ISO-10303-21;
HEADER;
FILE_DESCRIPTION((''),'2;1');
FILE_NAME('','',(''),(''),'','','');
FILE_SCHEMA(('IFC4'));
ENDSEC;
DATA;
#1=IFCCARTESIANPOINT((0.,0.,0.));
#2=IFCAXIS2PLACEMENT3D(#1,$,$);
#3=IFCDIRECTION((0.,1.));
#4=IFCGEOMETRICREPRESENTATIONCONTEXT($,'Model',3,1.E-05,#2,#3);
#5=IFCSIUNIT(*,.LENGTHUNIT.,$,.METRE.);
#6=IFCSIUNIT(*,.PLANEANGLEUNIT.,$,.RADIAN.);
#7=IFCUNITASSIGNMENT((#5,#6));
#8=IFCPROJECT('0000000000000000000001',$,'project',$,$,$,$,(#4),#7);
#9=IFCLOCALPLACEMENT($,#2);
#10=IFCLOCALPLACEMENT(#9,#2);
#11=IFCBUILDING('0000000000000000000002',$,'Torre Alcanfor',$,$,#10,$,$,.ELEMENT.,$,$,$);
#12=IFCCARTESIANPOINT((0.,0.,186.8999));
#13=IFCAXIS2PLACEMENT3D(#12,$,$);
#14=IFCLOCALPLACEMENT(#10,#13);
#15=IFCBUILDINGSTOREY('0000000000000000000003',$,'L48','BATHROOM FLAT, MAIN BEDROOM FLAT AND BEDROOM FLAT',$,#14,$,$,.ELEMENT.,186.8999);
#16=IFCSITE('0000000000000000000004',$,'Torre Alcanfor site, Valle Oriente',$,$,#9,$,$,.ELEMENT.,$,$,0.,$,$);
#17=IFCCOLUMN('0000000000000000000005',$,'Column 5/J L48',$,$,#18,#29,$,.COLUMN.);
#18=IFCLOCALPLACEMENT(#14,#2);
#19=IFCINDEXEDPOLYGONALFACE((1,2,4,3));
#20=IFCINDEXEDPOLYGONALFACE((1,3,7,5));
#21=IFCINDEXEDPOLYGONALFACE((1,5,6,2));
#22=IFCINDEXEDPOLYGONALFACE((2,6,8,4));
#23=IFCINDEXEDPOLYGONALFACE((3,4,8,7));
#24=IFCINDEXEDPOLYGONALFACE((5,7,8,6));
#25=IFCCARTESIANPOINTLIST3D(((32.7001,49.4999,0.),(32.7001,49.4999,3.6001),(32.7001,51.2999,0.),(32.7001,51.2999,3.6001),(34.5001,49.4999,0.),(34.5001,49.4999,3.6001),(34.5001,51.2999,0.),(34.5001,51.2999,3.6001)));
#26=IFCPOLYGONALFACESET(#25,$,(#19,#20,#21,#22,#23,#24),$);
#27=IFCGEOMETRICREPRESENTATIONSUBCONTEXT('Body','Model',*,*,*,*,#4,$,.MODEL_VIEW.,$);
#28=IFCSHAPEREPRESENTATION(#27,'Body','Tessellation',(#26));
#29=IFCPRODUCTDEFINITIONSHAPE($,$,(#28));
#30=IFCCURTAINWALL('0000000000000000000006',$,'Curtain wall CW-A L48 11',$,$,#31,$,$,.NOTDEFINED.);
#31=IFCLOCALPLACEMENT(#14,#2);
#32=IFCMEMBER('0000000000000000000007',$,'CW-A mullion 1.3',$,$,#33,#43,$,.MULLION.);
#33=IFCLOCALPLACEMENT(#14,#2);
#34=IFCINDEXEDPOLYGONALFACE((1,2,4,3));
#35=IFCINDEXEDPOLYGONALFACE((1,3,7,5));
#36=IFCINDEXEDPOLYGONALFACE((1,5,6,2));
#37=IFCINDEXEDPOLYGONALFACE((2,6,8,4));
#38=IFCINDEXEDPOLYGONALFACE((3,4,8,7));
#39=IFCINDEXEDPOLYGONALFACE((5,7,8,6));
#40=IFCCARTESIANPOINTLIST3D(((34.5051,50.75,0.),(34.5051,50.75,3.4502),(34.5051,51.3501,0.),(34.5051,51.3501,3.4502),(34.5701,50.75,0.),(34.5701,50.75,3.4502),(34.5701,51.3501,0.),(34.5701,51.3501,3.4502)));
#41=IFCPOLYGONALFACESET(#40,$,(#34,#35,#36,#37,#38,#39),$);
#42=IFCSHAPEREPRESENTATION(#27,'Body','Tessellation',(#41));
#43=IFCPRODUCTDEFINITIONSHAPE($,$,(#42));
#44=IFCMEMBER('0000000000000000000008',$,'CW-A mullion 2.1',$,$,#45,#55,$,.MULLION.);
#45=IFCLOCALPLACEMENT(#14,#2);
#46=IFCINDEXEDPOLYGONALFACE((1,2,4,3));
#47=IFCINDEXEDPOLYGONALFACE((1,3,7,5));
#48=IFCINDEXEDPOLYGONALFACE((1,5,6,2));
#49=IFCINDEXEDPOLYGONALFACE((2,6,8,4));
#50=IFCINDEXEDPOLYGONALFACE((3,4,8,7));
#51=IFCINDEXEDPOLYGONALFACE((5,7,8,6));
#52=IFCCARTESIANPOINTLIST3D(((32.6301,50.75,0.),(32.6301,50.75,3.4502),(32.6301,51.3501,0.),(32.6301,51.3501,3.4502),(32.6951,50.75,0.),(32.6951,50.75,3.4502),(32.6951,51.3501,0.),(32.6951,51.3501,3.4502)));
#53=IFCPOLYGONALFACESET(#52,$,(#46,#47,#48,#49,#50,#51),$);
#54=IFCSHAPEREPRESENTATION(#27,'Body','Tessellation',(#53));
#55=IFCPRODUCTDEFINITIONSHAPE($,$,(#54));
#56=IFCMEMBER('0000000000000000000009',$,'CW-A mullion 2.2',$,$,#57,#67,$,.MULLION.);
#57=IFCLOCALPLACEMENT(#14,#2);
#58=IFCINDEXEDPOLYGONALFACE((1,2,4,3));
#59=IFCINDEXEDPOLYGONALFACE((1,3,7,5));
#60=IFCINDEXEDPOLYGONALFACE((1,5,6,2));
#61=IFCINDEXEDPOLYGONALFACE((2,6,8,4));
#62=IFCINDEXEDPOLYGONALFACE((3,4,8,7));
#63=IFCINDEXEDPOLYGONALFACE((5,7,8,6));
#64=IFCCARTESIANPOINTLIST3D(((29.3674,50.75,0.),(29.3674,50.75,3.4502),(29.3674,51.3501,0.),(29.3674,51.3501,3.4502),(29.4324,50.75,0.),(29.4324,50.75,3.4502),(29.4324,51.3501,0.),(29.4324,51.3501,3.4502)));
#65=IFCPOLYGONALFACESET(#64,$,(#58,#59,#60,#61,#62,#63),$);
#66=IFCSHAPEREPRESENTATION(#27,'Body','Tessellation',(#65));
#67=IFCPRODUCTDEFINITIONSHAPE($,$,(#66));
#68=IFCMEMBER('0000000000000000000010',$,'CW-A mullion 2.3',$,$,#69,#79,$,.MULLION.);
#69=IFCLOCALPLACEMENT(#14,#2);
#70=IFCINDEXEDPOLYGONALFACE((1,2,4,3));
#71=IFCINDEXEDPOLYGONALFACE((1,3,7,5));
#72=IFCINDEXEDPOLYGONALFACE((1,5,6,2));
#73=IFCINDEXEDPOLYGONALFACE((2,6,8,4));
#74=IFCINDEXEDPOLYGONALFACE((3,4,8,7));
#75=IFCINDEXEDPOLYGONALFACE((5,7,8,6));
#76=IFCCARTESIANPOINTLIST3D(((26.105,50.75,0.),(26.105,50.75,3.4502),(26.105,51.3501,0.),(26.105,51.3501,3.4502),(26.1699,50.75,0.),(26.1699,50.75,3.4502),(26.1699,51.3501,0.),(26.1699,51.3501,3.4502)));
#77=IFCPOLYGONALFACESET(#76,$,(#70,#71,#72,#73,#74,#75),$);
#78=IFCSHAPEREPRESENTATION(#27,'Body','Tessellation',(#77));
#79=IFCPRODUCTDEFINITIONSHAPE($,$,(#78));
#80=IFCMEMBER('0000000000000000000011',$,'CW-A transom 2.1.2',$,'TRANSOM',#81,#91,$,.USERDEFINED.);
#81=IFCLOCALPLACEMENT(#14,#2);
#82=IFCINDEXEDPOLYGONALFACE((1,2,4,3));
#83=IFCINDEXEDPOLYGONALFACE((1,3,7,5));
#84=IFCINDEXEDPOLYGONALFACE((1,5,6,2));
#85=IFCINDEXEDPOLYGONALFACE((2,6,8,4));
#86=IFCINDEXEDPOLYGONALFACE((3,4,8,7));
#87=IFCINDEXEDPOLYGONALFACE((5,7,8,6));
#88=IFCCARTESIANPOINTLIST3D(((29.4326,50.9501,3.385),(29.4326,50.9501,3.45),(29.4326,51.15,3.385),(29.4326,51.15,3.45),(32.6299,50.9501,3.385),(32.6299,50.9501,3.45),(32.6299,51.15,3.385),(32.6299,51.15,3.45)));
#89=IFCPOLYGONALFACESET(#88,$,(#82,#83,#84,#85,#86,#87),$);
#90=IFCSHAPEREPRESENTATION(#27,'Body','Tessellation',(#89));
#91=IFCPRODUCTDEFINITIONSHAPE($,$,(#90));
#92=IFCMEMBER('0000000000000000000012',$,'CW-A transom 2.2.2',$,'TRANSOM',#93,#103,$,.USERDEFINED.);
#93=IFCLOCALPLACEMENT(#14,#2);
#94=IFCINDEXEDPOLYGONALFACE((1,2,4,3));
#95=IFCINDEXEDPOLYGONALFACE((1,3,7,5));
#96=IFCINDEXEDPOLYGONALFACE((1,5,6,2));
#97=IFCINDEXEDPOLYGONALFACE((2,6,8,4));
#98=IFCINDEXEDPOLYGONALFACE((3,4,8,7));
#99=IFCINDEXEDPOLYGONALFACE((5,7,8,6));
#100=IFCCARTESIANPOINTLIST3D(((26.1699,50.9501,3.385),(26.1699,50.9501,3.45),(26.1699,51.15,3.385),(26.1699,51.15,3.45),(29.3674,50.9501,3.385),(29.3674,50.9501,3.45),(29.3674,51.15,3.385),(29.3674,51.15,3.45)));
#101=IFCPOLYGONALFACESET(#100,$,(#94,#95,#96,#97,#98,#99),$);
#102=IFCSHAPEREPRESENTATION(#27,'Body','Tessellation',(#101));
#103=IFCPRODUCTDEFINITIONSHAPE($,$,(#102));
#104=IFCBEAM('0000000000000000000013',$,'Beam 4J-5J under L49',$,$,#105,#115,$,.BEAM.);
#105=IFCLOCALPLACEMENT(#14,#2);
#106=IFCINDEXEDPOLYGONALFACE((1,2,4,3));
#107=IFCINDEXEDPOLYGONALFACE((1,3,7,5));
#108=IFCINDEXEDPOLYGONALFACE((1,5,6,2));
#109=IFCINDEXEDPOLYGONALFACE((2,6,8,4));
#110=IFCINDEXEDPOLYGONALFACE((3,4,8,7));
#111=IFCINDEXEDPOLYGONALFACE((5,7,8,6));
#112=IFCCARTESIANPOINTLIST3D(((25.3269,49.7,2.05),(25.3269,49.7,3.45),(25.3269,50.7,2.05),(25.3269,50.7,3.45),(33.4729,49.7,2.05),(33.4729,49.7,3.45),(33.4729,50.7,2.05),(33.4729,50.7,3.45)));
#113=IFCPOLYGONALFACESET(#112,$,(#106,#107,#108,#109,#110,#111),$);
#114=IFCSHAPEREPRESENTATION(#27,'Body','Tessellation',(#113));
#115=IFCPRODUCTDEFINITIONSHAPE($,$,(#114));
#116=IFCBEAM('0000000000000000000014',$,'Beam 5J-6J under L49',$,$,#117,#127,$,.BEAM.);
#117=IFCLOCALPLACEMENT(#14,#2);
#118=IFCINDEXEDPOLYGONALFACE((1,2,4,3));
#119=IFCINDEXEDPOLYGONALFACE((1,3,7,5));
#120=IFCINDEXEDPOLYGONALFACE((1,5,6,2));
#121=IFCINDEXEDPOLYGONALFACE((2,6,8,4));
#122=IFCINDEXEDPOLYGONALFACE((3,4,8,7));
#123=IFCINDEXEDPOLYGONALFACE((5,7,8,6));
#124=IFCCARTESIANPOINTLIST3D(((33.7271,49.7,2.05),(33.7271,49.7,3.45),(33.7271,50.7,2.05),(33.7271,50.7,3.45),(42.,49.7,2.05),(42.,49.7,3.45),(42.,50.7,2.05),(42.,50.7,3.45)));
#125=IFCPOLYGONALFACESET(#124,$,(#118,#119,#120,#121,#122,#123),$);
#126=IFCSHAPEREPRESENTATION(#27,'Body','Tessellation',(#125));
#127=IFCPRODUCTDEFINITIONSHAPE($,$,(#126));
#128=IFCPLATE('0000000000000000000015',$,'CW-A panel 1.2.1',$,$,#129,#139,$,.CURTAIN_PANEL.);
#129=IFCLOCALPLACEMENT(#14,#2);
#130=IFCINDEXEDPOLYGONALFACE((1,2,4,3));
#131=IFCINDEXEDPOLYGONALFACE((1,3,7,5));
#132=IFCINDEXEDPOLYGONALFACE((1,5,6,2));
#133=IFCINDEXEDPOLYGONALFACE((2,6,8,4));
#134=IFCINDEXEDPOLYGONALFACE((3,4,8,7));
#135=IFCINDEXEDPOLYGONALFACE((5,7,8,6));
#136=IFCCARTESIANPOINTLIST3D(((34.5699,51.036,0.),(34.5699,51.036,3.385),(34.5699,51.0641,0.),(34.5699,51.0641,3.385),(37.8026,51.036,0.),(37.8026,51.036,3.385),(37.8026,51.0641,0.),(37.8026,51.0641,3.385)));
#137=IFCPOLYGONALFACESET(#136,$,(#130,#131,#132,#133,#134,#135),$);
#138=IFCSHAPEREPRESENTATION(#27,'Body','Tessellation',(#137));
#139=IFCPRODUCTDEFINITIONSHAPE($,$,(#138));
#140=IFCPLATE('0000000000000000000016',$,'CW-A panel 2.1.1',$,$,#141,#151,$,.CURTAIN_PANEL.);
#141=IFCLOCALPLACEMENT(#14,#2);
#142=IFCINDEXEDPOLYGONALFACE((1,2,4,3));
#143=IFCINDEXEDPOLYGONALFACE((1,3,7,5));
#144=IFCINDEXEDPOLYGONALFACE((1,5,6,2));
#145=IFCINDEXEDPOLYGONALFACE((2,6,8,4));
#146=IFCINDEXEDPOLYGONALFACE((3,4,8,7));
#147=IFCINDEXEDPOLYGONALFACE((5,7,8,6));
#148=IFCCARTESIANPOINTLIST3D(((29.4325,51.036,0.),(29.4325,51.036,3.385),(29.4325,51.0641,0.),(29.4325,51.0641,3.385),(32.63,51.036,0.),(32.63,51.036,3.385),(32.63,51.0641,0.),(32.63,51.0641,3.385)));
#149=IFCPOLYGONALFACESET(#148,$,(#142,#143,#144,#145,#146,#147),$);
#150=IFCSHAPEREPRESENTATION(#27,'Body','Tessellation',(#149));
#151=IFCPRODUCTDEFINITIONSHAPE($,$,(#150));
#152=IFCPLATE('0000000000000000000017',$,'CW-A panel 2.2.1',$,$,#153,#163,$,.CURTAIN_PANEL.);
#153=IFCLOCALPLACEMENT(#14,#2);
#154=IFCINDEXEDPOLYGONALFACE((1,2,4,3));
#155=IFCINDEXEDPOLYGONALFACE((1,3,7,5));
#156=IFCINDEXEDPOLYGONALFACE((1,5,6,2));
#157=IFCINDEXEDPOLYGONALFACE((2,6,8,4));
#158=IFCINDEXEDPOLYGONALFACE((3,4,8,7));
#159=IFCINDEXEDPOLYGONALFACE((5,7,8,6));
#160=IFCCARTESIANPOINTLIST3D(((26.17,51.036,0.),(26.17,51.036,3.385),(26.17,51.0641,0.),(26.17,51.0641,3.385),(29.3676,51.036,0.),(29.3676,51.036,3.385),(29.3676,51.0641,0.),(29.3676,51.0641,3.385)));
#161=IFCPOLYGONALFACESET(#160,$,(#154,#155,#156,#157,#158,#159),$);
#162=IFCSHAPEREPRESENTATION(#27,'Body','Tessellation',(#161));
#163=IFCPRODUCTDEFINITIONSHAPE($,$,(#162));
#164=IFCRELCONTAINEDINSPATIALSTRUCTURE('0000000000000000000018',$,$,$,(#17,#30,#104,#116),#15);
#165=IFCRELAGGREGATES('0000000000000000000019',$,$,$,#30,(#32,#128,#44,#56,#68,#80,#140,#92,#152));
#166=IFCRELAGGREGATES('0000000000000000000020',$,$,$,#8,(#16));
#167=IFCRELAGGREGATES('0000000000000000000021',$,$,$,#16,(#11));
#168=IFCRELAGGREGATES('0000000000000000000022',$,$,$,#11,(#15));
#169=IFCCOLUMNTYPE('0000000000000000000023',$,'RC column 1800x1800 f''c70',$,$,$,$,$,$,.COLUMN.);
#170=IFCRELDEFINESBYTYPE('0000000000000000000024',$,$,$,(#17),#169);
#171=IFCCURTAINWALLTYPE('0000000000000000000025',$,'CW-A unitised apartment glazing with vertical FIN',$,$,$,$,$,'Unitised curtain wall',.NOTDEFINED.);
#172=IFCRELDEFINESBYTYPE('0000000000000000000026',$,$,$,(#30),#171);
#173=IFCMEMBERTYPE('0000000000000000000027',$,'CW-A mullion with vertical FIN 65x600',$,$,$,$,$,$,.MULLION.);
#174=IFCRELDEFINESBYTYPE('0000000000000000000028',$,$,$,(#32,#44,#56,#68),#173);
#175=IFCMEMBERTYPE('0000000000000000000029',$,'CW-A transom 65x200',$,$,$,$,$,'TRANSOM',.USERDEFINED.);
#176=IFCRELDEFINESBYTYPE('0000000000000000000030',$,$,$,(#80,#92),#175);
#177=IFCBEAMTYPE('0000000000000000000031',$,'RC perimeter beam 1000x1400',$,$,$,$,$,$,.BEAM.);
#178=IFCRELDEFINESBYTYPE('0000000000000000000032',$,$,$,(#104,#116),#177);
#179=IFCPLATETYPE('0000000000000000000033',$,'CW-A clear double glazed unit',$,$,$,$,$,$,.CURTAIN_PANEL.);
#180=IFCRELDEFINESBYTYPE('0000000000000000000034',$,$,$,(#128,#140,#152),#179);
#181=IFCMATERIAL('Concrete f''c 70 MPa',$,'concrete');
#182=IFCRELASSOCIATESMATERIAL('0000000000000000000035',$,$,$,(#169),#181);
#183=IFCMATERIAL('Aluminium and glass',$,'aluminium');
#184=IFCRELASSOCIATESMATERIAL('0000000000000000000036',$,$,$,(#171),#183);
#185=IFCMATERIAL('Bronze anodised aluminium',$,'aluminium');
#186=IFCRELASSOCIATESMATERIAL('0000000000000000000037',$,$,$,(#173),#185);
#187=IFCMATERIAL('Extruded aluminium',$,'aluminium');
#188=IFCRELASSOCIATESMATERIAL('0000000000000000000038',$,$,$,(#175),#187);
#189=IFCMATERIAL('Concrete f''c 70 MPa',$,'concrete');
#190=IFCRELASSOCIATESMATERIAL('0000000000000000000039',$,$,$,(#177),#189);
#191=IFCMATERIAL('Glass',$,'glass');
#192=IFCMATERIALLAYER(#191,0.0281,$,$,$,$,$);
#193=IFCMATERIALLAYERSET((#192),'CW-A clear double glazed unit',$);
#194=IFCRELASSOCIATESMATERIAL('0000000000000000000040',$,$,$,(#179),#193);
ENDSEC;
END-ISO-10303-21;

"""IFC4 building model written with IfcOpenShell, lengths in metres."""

from ifc_helpers import new_model, si_unit, direction, frame, origin, origin_2d, place, context, subcontext, project, spatial, rectangle, extrude, material, layer, layer_set, material_profile, profile_set, type_object, element, aggregate, save


model = new_model("IFC4")

# Units and contexts
model_context = context("Model", 3, precision=1e-05, world=origin(), true_north=direction((0.0, 1.0)))
body_context = subcontext(model_context, "Body", "Model", "MODEL_VIEW")
ifc_project = project(units=[si_unit("LENGTHUNIT", "METRE"), si_unit("PLANEANGLEUNIT", "RADIAN")], contexts=[model_context])

# Site, building, storey
site_placement = place(None, origin())
site = spatial("IfcSite", under=ifc_project, at=site_placement, Name="Torre Alcanfor site, Valle Oriente", CompositionType="ELEMENT", RefElevation=0.0)
building_placement = place(site_placement, origin())
building = spatial("IfcBuilding", under=site, at=building_placement, Name="Torre Alcanfor", CompositionType="ELEMENT")
storey_placement = place(building_placement, frame((0.0, 0.0, 186.8999)))
storey = spatial("IfcBuildingStorey", under=building, at=storey_placement, Name="L48", Description="BATHROOM FLAT, MAIN BEDROOM FLAT AND BEDROOM FLAT", CompositionType="ELEMENT", Elevation=186.8999)

# Column
ifc_material_1 = material(Name="Concrete f'c 70 MPa", Category="concrete")
ifc_material_profile_1 = material_profile(ifc_material_1, rectangle(XDim=1.8, YDim=1.8, at=origin_2d()), Name="1800x1800")
ifc_profile_set_1 = profile_set([ifc_material_profile_1], Name="Concrete f'c 70 MPa")
column_type = type_object("IfcColumnType", Name="RC column 1800x1800 f'c70", PredefinedType="COLUMN", material=ifc_profile_set_1)
column_placement = place(storey_placement, frame((33.6001, 50.3999, 0.0), z_axis=(0.0, 0.0, 1.0), x_axis=(1.0, 0.0, 0.0)))
element("IfcColumn", 1, at=column_placement, inside=storey, type_object=column_type, Name="Column 5/J L48", PredefinedType="COLUMN", context=body_context, shape_type="SweptSolid", body=[
    extrude(rectangle(XDim=1.8, YDim=1.8, at=origin_2d()), origin(), (0.0, 0.0, 1.0), 3.6001),
])

# Curtain wall, members
ifc_material_2 = material(Name="Aluminium and glass", Category="aluminium")
curtain_wall_type = type_object("IfcCurtainWallType", Name="CW-A unitised apartment glazing with vertical FIN", ElementType="Unitised curtain wall", PredefinedType="NOTDEFINED", material=ifc_material_2)
curtain_wall_placement = place(storey_placement, origin())
curtain_wall = element("IfcCurtainWall", 2, at=curtain_wall_placement, inside=storey, type_object=curtain_wall_type, Name="Curtain wall CW-A L48 11", PredefinedType="NOTDEFINED")
ifc_material_3 = material(Name="Bronze anodised aluminium", Category="aluminium")
ifc_material_profile_2 = material_profile(ifc_material_3, rectangle(XDim=0.6001, YDim=0.0649, at=origin_2d()), Name="CW-A mullion 65x600")
ifc_profile_set_2 = profile_set([ifc_material_profile_2], Name="Bronze anodised aluminium")
member_type_1 = type_object("IfcMemberType", Name="CW-A mullion with vertical FIN 65x600", PredefinedType="MULLION", material=ifc_profile_set_2)
member_1_placement = place(storey_placement, frame((34.5376, 51.05, 0.0), z_axis=(0.0, 0.0, 1.0), x_axis=(0.0, -1.0, 0.0)))
member_1 = element("IfcMember", 3, at=member_1_placement, type_object=member_type_1, Name="CW-A mullion 1.3", PredefinedType="MULLION", context=body_context, shape_type="SweptSolid", body=[
    extrude(rectangle(XDim=0.6001, YDim=0.0649, at=origin_2d()), origin(), (0.0, 0.0, 1.0), 3.4502),
])
member_2_placement = place(storey_placement, frame((32.6626, 51.05, 0.0), z_axis=(0.0, 0.0, 1.0), x_axis=(0.0, -1.0, 0.0)))
member_2 = element("IfcMember", 4, at=member_2_placement, type_object=member_type_1, Name="CW-A mullion 2.1", PredefinedType="MULLION", context=body_context, shape_type="SweptSolid", body=[
    extrude(rectangle(XDim=0.6001, YDim=0.0649, at=origin_2d()), origin(), (0.0, 0.0, 1.0), 3.4502),
])
member_3_placement = place(storey_placement, frame((29.3999, 51.05, 0.0), z_axis=(0.0, 0.0, 1.0), x_axis=(0.0, -1.0, 0.0)))
member_3 = element("IfcMember", 5, at=member_3_placement, type_object=member_type_1, Name="CW-A mullion 2.2", PredefinedType="MULLION", context=body_context, shape_type="SweptSolid", body=[
    extrude(rectangle(XDim=0.6001, YDim=0.0649, at=origin_2d()), origin(), (0.0, 0.0, 1.0), 3.4502),
])
member_4_placement = place(storey_placement, frame((26.1375, 51.05, 0.0), z_axis=(0.0, 0.0, 1.0), x_axis=(0.0, -1.0, 0.0)))
member_4 = element("IfcMember", 6, at=member_4_placement, type_object=member_type_1, Name="CW-A mullion 2.3", PredefinedType="MULLION", context=body_context, shape_type="SweptSolid", body=[
    extrude(rectangle(XDim=0.6001, YDim=0.0649, at=origin_2d()), origin(), (0.0, 0.0, 1.0), 3.4502),
])
ifc_material_4 = material(Name="Extruded aluminium", Category="aluminium")
ifc_material_profile_3 = material_profile(ifc_material_4, rectangle(XDim=0.2, YDim=0.0649, at=origin_2d()), Name="CW-A transom 200x65")
ifc_profile_set_3 = profile_set([ifc_material_profile_3], Name="Extruded aluminium")
member_type_2 = type_object("IfcMemberType", Name="CW-A transom 65x200", ElementType="TRANSOM", PredefinedType="USERDEFINED", material=ifc_profile_set_3)
member_5_placement = place(storey_placement, frame((32.6299, 51.05, 3.4175), z_axis=(-1.0, 0.0, 0.0), x_axis=(0.0, -1.0, 0.0)))
member_5 = element("IfcMember", 7, at=member_5_placement, type_object=member_type_2, Name="CW-A transom 2.1.2", ObjectType="TRANSOM", PredefinedType="USERDEFINED", context=body_context, shape_type="SweptSolid", body=[
    extrude(rectangle(XDim=0.2, YDim=0.0649, at=origin_2d()), origin(), (0.0, 0.0, 1.0), 3.1973),
])
member_6_placement = place(storey_placement, frame((29.3674, 51.05, 3.4175), z_axis=(-1.0, 0.0, 0.0), x_axis=(0.0, -1.0, 0.0)))
member_6 = element("IfcMember", 8, at=member_6_placement, type_object=member_type_2, Name="CW-A transom 2.2.2", ObjectType="TRANSOM", PredefinedType="USERDEFINED", context=body_context, shape_type="SweptSolid", body=[
    extrude(rectangle(XDim=0.2, YDim=0.0649, at=origin_2d()), origin(), (0.0, 0.0, 1.0), 3.1975),
])

# Beams
ifc_material_5 = material(Name="Concrete f'c 70 MPa", Category="concrete")
ifc_material_profile_4 = material_profile(ifc_material_5, rectangle(XDim=1.0, YDim=1.3999, at=origin_2d()), Name="1000x1400")
ifc_profile_set_4 = profile_set([ifc_material_profile_4], Name="Concrete f'c 70 MPa")
beam_type = type_object("IfcBeamType", Name="RC perimeter beam 1000x1400", PredefinedType="BEAM", material=ifc_profile_set_4)
beam_1_placement = place(storey_placement, frame((25.3269, 50.2, 2.75), z_axis=(1.0, 0.0, 0.0), x_axis=(0.0, 1.0, 0.0)))
element("IfcBeam", 9, at=beam_1_placement, inside=storey, type_object=beam_type, Name="Beam 4J-5J under L49", PredefinedType="BEAM", context=body_context, shape_type="SweptSolid", body=[
    extrude(rectangle(XDim=1.0, YDim=1.3999, at=origin_2d()), origin(), (0.0, 0.0, 1.0), 8.146),
])
beam_2_placement = place(storey_placement, frame((33.7271, 50.2, 2.75), z_axis=(1.0, 0.0, 0.0), x_axis=(0.0, 1.0, 0.0)))
element("IfcBeam", 10, at=beam_2_placement, inside=storey, type_object=beam_type, Name="Beam 5J-6J under L49", PredefinedType="BEAM", context=body_context, shape_type="SweptSolid", body=[
    extrude(rectangle(XDim=1.0, YDim=1.3999, at=origin_2d()), origin(), (0.0, 0.0, 1.0), 8.2729),
])

# Plates
ifc_material_6 = material(Name="Glass", Category="glass")
ifc_layer_1 = layer(ifc_material_6, 0.0281)
ifc_layer_set_1 = layer_set([ifc_layer_1], Name="CW-A clear double glazed unit")
plate_type = type_object("IfcPlateType", Name="CW-A clear double glazed unit", PredefinedType="CURTAIN_PANEL", material=ifc_layer_set_1)
plate_1_placement = place(storey_placement, frame((36.1863, 51.05, 0.0), z_axis=(0.0, 0.0, 1.0), x_axis=(-1.0, 0.0, 0.0)))
plate_1 = element("IfcPlate", 11, at=plate_1_placement, type_object=plate_type, Name="CW-A panel 1.2.1", PredefinedType="CURTAIN_PANEL", context=body_context, shape_type="SweptSolid", body=[
    extrude(rectangle(XDim=3.2327, YDim=0.0281, at=origin_2d()), origin(), (0.0, 0.0, 1.0), 3.385),
])
plate_2_placement = place(storey_placement, frame((31.0312, 51.05, 0.0), z_axis=(0.0, 0.0, 1.0), x_axis=(-1.0, 0.0, 0.0)))
plate_2 = element("IfcPlate", 12, at=plate_2_placement, type_object=plate_type, Name="CW-A panel 2.1.1", PredefinedType="CURTAIN_PANEL", context=body_context, shape_type="SweptSolid", body=[
    extrude(rectangle(XDim=3.1975, YDim=0.0281, at=origin_2d()), origin(), (0.0, 0.0, 1.0), 3.385),
])
plate_3_placement = place(storey_placement, frame((27.7688, 51.05, 0.0), z_axis=(0.0, 0.0, 1.0), x_axis=(-1.0, 0.0, 0.0)))
plate_3 = element("IfcPlate", 13, at=plate_3_placement, type_object=plate_type, Name="CW-A panel 2.2.1", PredefinedType="CURTAIN_PANEL", context=body_context, shape_type="SweptSolid", body=[
    extrude(rectangle(XDim=3.1975, YDim=0.0281, at=origin_2d()), origin(), (0.0, 0.0, 1.0), 3.385),
])
aggregate(curtain_wall, [member_1, plate_1, member_2, member_3, member_4, member_5, plate_2, member_6, plate_3])

save(model, "model.ifc")
